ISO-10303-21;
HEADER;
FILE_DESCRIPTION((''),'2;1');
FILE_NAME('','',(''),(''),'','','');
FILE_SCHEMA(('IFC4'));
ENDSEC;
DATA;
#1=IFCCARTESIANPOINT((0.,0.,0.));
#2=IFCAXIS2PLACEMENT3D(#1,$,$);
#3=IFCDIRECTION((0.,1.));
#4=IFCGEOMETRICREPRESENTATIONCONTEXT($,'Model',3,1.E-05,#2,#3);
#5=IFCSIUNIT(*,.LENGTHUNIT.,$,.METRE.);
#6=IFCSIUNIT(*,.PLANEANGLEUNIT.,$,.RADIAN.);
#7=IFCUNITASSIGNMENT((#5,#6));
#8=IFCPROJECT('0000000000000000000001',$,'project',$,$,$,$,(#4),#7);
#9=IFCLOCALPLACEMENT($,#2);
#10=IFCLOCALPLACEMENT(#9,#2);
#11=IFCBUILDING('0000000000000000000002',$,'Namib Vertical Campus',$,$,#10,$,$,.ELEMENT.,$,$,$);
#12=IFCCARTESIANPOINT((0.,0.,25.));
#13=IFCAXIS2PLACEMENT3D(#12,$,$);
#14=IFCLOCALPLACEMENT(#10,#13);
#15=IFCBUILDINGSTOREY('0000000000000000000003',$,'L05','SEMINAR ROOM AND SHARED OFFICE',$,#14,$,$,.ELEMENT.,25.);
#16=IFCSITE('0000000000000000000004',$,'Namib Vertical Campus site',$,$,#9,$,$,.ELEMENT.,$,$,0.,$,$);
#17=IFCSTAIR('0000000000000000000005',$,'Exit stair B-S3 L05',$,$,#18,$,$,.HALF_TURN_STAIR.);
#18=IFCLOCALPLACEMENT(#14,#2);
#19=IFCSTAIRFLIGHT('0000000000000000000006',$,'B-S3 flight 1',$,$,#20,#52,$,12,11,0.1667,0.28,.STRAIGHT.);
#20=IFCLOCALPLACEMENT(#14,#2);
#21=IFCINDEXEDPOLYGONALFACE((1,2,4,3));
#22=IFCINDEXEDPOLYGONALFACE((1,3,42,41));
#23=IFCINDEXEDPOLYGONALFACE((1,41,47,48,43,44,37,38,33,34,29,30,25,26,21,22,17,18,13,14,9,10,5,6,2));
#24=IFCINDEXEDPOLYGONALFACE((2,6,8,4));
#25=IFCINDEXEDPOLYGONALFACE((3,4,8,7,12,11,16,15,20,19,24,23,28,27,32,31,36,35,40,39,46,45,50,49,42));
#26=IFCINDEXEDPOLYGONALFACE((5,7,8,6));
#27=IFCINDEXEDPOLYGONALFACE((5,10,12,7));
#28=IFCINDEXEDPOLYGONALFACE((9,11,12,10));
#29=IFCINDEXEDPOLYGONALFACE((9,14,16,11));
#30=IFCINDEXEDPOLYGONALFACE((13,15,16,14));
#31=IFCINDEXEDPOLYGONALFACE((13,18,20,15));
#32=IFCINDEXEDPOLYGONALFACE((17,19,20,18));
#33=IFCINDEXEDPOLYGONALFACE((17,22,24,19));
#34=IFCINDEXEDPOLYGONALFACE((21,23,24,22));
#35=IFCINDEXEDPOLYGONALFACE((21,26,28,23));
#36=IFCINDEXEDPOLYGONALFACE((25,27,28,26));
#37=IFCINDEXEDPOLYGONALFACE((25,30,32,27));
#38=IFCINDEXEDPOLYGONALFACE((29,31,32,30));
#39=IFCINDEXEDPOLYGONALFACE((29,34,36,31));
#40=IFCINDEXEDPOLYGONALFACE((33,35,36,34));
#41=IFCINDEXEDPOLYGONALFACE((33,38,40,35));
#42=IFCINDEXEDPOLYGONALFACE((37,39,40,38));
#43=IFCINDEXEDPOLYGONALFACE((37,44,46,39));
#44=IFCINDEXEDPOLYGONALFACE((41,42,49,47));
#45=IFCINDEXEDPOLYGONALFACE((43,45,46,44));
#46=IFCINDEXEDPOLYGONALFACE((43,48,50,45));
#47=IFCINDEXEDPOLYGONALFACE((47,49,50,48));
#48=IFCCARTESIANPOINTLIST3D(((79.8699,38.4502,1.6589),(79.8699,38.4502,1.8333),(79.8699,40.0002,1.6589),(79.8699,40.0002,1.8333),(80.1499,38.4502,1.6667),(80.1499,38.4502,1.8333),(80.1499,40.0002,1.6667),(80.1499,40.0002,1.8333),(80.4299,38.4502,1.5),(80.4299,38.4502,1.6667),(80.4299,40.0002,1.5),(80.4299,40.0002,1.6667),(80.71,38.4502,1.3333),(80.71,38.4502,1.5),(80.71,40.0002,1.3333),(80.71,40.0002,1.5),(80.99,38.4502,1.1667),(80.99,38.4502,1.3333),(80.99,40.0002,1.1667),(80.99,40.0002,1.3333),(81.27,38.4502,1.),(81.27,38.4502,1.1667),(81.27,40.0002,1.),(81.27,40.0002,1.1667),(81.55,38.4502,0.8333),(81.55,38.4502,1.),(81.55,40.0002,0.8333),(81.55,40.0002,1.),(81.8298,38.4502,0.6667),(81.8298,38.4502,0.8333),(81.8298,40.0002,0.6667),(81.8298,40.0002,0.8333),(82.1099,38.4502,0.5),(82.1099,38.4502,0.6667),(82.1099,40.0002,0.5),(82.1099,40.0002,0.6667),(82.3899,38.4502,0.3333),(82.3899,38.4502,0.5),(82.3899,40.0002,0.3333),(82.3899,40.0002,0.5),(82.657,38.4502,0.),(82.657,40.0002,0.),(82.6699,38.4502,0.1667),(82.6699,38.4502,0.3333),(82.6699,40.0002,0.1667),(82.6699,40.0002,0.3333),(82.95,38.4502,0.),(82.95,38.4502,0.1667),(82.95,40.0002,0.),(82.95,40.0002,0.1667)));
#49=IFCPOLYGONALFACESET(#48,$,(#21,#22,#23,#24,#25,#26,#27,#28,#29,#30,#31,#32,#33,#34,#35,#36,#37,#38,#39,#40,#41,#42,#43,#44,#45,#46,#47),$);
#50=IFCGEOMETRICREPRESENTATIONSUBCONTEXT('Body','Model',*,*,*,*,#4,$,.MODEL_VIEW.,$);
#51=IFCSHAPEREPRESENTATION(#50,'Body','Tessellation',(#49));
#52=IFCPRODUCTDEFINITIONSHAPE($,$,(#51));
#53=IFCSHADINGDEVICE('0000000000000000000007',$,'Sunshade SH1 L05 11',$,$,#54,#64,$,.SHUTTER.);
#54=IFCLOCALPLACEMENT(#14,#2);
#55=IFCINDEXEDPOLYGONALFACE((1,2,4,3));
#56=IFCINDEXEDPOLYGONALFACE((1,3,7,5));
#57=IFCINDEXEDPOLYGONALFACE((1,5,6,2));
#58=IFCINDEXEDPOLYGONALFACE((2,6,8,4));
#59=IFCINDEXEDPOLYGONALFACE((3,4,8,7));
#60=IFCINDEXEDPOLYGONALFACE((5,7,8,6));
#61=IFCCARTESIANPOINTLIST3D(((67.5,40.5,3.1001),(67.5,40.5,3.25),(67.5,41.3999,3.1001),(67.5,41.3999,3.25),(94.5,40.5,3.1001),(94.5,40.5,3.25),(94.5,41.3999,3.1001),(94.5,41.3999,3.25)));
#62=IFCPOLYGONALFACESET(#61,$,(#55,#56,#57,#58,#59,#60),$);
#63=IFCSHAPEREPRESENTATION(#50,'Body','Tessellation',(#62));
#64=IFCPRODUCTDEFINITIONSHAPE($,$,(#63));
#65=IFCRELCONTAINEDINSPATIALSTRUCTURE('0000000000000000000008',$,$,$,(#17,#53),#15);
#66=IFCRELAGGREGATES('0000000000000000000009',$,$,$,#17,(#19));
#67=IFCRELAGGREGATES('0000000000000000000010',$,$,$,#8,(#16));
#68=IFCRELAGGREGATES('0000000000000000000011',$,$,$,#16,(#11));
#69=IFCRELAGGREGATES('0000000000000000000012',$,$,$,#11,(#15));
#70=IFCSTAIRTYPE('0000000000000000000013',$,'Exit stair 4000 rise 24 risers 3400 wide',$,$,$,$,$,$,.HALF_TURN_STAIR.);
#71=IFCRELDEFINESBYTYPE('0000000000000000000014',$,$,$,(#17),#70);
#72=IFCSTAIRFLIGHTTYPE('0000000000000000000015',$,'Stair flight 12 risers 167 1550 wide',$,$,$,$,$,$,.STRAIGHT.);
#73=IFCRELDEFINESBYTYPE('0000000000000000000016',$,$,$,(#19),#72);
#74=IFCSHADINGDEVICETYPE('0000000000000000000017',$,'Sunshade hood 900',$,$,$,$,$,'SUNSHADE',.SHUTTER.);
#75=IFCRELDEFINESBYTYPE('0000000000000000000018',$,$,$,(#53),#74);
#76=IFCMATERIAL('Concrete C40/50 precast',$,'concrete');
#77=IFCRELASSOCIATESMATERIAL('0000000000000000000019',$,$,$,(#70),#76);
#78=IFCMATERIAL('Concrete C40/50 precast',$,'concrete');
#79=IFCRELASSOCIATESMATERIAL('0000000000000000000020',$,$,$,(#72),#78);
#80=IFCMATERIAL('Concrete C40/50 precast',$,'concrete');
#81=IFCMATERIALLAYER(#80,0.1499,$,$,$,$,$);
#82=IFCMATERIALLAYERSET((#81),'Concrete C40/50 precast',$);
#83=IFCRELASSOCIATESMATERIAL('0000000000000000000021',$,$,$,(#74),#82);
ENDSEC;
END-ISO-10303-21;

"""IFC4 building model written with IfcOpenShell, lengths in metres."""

from ifc_helpers import new_model, si_unit, direction, frame, origin, origin_2d, place, context, subcontext, project, spatial, polyline, rectangle, outline, extrude, material, layer, layer_set, type_object, element, aggregate, save


model = new_model("IFC4")

# Units and contexts
model_context = context("Model", 3, precision=1e-05, world=origin(), true_north=direction((0.0, 1.0)))
body_context = subcontext(model_context, "Body", "Model", "MODEL_VIEW")
ifc_project = project(units=[si_unit("LENGTHUNIT", "METRE"), si_unit("PLANEANGLEUNIT", "RADIAN")], contexts=[model_context])

# Site, building, storey
site_placement = place(None, origin())
site = spatial("IfcSite", under=ifc_project, at=site_placement, Name="Namib Vertical Campus site", CompositionType="ELEMENT", RefElevation=0.0)
building_placement = place(site_placement, origin())
building = spatial("IfcBuilding", under=site, at=building_placement, Name="Namib Vertical Campus", CompositionType="ELEMENT")
storey_placement = place(building_placement, frame((0.0, 0.0, 25.0)))
storey = spatial("IfcBuildingStorey", under=building, at=storey_placement, Name="L05", Description="SEMINAR ROOM AND SHARED OFFICE", CompositionType="ELEMENT", Elevation=25.0)

# Shared definitions
ifc_material_1 = material(Name="Concrete C40/50 precast", Category="concrete")
stair_type = type_object("IfcStairType", Name="Exit stair 4000 rise 24 risers 3400 wide", PredefinedType="HALF_TURN_STAIR", material=ifc_material_1)
ifc_material_2 = material(Name="Concrete C40/50 precast", Category="concrete")
stair_flight_type = type_object("IfcStairFlightType", Name="Stair flight 12 risers 167 1550 wide", PredefinedType="STRAIGHT", material=ifc_material_2)

# Stair, stair flight
stair_1_placement = place(storey_placement, origin())
stair_1 = element("IfcStair", 1, at=stair_1_placement, inside=storey, type_object=stair_type, Name="Exit stair B-S3 L05", PredefinedType="HALF_TURN_STAIR")
stair_flight_1_placement = place(storey_placement, frame((82.95, 39.2251, 0.0), z_axis=(0.0, 0.0, 1.0), x_axis=(-1.0, 0.0, 0.0)))
stair_flight_1 = element("IfcStairFlight", 2, at=stair_flight_1_placement, type_object=stair_flight_type, Name="B-S3 flight 1", NumberOfRisers=12, NumberOfTreads=11, PredefinedType="STRAIGHT", RiserHeight=0.1667, TreadLength=0.28, context=body_context, shape_type="SweptSolid", body=[
    extrude(outline(polyline([(0.0, 0.0), (0.0, 0.1667), (0.28, 0.1667), (0.28, 0.3333), (0.5601, 0.3333), (0.5601, 0.5), (0.8401, 0.5), (0.8401, 0.6667), (1.1201, 0.6667), (1.1201, 0.8333), (1.3999, 0.8333), (1.3999, 1.0), (1.6799, 1.0), (1.6799, 1.1667), (1.96, 1.1667), (1.96, 1.3333), (2.24, 1.3333), (2.24, 1.5), (2.52, 1.5), (2.52, 1.6667), (2.8, 1.6667), (2.8, 1.8333), (3.0801, 1.8333), (3.0801, 2.0), (3.0801, 1.6589), (0.293, 0.0), (0.0, 0.0)])), frame((0.0, 0.7749, 0.0), z_axis=(0.0, -1.0, 0.0), x_axis=(1.0, 0.0, 0.0)), (0.0, 0.0, 1.0), 1.55),
])
aggregate(stair_1, [stair_flight_1])

# Shading device
ifc_material_3 = material(Name="Concrete C40/50 precast", Category="concrete")
ifc_layer_1 = layer(ifc_material_3, 0.1499)
ifc_layer_set_1 = layer_set([ifc_layer_1], Name="Concrete C40/50 precast")
shading_device_type = type_object("IfcShadingDeviceType", Name="Sunshade hood 900", ElementType="SUNSHADE", PredefinedType="SHUTTER", material=ifc_layer_set_1)
shading_device_placement = place(storey_placement, frame((81.0, 40.95, 3.1001), z_axis=(0.0, 0.0, 1.0), x_axis=(-1.0, 0.0, 0.0)))
element("IfcShadingDevice", 3, at=shading_device_placement, inside=storey, type_object=shading_device_type, Name="Sunshade SH1 L05 11", PredefinedType="SHUTTER", context=body_context, shape_type="SweptSolid", body=[
    extrude(rectangle(XDim=27.0, YDim=0.8999, at=origin_2d()), origin(), (0.0, 0.0, 1.0), 0.1499),
])

save(model, "model.ifc")
